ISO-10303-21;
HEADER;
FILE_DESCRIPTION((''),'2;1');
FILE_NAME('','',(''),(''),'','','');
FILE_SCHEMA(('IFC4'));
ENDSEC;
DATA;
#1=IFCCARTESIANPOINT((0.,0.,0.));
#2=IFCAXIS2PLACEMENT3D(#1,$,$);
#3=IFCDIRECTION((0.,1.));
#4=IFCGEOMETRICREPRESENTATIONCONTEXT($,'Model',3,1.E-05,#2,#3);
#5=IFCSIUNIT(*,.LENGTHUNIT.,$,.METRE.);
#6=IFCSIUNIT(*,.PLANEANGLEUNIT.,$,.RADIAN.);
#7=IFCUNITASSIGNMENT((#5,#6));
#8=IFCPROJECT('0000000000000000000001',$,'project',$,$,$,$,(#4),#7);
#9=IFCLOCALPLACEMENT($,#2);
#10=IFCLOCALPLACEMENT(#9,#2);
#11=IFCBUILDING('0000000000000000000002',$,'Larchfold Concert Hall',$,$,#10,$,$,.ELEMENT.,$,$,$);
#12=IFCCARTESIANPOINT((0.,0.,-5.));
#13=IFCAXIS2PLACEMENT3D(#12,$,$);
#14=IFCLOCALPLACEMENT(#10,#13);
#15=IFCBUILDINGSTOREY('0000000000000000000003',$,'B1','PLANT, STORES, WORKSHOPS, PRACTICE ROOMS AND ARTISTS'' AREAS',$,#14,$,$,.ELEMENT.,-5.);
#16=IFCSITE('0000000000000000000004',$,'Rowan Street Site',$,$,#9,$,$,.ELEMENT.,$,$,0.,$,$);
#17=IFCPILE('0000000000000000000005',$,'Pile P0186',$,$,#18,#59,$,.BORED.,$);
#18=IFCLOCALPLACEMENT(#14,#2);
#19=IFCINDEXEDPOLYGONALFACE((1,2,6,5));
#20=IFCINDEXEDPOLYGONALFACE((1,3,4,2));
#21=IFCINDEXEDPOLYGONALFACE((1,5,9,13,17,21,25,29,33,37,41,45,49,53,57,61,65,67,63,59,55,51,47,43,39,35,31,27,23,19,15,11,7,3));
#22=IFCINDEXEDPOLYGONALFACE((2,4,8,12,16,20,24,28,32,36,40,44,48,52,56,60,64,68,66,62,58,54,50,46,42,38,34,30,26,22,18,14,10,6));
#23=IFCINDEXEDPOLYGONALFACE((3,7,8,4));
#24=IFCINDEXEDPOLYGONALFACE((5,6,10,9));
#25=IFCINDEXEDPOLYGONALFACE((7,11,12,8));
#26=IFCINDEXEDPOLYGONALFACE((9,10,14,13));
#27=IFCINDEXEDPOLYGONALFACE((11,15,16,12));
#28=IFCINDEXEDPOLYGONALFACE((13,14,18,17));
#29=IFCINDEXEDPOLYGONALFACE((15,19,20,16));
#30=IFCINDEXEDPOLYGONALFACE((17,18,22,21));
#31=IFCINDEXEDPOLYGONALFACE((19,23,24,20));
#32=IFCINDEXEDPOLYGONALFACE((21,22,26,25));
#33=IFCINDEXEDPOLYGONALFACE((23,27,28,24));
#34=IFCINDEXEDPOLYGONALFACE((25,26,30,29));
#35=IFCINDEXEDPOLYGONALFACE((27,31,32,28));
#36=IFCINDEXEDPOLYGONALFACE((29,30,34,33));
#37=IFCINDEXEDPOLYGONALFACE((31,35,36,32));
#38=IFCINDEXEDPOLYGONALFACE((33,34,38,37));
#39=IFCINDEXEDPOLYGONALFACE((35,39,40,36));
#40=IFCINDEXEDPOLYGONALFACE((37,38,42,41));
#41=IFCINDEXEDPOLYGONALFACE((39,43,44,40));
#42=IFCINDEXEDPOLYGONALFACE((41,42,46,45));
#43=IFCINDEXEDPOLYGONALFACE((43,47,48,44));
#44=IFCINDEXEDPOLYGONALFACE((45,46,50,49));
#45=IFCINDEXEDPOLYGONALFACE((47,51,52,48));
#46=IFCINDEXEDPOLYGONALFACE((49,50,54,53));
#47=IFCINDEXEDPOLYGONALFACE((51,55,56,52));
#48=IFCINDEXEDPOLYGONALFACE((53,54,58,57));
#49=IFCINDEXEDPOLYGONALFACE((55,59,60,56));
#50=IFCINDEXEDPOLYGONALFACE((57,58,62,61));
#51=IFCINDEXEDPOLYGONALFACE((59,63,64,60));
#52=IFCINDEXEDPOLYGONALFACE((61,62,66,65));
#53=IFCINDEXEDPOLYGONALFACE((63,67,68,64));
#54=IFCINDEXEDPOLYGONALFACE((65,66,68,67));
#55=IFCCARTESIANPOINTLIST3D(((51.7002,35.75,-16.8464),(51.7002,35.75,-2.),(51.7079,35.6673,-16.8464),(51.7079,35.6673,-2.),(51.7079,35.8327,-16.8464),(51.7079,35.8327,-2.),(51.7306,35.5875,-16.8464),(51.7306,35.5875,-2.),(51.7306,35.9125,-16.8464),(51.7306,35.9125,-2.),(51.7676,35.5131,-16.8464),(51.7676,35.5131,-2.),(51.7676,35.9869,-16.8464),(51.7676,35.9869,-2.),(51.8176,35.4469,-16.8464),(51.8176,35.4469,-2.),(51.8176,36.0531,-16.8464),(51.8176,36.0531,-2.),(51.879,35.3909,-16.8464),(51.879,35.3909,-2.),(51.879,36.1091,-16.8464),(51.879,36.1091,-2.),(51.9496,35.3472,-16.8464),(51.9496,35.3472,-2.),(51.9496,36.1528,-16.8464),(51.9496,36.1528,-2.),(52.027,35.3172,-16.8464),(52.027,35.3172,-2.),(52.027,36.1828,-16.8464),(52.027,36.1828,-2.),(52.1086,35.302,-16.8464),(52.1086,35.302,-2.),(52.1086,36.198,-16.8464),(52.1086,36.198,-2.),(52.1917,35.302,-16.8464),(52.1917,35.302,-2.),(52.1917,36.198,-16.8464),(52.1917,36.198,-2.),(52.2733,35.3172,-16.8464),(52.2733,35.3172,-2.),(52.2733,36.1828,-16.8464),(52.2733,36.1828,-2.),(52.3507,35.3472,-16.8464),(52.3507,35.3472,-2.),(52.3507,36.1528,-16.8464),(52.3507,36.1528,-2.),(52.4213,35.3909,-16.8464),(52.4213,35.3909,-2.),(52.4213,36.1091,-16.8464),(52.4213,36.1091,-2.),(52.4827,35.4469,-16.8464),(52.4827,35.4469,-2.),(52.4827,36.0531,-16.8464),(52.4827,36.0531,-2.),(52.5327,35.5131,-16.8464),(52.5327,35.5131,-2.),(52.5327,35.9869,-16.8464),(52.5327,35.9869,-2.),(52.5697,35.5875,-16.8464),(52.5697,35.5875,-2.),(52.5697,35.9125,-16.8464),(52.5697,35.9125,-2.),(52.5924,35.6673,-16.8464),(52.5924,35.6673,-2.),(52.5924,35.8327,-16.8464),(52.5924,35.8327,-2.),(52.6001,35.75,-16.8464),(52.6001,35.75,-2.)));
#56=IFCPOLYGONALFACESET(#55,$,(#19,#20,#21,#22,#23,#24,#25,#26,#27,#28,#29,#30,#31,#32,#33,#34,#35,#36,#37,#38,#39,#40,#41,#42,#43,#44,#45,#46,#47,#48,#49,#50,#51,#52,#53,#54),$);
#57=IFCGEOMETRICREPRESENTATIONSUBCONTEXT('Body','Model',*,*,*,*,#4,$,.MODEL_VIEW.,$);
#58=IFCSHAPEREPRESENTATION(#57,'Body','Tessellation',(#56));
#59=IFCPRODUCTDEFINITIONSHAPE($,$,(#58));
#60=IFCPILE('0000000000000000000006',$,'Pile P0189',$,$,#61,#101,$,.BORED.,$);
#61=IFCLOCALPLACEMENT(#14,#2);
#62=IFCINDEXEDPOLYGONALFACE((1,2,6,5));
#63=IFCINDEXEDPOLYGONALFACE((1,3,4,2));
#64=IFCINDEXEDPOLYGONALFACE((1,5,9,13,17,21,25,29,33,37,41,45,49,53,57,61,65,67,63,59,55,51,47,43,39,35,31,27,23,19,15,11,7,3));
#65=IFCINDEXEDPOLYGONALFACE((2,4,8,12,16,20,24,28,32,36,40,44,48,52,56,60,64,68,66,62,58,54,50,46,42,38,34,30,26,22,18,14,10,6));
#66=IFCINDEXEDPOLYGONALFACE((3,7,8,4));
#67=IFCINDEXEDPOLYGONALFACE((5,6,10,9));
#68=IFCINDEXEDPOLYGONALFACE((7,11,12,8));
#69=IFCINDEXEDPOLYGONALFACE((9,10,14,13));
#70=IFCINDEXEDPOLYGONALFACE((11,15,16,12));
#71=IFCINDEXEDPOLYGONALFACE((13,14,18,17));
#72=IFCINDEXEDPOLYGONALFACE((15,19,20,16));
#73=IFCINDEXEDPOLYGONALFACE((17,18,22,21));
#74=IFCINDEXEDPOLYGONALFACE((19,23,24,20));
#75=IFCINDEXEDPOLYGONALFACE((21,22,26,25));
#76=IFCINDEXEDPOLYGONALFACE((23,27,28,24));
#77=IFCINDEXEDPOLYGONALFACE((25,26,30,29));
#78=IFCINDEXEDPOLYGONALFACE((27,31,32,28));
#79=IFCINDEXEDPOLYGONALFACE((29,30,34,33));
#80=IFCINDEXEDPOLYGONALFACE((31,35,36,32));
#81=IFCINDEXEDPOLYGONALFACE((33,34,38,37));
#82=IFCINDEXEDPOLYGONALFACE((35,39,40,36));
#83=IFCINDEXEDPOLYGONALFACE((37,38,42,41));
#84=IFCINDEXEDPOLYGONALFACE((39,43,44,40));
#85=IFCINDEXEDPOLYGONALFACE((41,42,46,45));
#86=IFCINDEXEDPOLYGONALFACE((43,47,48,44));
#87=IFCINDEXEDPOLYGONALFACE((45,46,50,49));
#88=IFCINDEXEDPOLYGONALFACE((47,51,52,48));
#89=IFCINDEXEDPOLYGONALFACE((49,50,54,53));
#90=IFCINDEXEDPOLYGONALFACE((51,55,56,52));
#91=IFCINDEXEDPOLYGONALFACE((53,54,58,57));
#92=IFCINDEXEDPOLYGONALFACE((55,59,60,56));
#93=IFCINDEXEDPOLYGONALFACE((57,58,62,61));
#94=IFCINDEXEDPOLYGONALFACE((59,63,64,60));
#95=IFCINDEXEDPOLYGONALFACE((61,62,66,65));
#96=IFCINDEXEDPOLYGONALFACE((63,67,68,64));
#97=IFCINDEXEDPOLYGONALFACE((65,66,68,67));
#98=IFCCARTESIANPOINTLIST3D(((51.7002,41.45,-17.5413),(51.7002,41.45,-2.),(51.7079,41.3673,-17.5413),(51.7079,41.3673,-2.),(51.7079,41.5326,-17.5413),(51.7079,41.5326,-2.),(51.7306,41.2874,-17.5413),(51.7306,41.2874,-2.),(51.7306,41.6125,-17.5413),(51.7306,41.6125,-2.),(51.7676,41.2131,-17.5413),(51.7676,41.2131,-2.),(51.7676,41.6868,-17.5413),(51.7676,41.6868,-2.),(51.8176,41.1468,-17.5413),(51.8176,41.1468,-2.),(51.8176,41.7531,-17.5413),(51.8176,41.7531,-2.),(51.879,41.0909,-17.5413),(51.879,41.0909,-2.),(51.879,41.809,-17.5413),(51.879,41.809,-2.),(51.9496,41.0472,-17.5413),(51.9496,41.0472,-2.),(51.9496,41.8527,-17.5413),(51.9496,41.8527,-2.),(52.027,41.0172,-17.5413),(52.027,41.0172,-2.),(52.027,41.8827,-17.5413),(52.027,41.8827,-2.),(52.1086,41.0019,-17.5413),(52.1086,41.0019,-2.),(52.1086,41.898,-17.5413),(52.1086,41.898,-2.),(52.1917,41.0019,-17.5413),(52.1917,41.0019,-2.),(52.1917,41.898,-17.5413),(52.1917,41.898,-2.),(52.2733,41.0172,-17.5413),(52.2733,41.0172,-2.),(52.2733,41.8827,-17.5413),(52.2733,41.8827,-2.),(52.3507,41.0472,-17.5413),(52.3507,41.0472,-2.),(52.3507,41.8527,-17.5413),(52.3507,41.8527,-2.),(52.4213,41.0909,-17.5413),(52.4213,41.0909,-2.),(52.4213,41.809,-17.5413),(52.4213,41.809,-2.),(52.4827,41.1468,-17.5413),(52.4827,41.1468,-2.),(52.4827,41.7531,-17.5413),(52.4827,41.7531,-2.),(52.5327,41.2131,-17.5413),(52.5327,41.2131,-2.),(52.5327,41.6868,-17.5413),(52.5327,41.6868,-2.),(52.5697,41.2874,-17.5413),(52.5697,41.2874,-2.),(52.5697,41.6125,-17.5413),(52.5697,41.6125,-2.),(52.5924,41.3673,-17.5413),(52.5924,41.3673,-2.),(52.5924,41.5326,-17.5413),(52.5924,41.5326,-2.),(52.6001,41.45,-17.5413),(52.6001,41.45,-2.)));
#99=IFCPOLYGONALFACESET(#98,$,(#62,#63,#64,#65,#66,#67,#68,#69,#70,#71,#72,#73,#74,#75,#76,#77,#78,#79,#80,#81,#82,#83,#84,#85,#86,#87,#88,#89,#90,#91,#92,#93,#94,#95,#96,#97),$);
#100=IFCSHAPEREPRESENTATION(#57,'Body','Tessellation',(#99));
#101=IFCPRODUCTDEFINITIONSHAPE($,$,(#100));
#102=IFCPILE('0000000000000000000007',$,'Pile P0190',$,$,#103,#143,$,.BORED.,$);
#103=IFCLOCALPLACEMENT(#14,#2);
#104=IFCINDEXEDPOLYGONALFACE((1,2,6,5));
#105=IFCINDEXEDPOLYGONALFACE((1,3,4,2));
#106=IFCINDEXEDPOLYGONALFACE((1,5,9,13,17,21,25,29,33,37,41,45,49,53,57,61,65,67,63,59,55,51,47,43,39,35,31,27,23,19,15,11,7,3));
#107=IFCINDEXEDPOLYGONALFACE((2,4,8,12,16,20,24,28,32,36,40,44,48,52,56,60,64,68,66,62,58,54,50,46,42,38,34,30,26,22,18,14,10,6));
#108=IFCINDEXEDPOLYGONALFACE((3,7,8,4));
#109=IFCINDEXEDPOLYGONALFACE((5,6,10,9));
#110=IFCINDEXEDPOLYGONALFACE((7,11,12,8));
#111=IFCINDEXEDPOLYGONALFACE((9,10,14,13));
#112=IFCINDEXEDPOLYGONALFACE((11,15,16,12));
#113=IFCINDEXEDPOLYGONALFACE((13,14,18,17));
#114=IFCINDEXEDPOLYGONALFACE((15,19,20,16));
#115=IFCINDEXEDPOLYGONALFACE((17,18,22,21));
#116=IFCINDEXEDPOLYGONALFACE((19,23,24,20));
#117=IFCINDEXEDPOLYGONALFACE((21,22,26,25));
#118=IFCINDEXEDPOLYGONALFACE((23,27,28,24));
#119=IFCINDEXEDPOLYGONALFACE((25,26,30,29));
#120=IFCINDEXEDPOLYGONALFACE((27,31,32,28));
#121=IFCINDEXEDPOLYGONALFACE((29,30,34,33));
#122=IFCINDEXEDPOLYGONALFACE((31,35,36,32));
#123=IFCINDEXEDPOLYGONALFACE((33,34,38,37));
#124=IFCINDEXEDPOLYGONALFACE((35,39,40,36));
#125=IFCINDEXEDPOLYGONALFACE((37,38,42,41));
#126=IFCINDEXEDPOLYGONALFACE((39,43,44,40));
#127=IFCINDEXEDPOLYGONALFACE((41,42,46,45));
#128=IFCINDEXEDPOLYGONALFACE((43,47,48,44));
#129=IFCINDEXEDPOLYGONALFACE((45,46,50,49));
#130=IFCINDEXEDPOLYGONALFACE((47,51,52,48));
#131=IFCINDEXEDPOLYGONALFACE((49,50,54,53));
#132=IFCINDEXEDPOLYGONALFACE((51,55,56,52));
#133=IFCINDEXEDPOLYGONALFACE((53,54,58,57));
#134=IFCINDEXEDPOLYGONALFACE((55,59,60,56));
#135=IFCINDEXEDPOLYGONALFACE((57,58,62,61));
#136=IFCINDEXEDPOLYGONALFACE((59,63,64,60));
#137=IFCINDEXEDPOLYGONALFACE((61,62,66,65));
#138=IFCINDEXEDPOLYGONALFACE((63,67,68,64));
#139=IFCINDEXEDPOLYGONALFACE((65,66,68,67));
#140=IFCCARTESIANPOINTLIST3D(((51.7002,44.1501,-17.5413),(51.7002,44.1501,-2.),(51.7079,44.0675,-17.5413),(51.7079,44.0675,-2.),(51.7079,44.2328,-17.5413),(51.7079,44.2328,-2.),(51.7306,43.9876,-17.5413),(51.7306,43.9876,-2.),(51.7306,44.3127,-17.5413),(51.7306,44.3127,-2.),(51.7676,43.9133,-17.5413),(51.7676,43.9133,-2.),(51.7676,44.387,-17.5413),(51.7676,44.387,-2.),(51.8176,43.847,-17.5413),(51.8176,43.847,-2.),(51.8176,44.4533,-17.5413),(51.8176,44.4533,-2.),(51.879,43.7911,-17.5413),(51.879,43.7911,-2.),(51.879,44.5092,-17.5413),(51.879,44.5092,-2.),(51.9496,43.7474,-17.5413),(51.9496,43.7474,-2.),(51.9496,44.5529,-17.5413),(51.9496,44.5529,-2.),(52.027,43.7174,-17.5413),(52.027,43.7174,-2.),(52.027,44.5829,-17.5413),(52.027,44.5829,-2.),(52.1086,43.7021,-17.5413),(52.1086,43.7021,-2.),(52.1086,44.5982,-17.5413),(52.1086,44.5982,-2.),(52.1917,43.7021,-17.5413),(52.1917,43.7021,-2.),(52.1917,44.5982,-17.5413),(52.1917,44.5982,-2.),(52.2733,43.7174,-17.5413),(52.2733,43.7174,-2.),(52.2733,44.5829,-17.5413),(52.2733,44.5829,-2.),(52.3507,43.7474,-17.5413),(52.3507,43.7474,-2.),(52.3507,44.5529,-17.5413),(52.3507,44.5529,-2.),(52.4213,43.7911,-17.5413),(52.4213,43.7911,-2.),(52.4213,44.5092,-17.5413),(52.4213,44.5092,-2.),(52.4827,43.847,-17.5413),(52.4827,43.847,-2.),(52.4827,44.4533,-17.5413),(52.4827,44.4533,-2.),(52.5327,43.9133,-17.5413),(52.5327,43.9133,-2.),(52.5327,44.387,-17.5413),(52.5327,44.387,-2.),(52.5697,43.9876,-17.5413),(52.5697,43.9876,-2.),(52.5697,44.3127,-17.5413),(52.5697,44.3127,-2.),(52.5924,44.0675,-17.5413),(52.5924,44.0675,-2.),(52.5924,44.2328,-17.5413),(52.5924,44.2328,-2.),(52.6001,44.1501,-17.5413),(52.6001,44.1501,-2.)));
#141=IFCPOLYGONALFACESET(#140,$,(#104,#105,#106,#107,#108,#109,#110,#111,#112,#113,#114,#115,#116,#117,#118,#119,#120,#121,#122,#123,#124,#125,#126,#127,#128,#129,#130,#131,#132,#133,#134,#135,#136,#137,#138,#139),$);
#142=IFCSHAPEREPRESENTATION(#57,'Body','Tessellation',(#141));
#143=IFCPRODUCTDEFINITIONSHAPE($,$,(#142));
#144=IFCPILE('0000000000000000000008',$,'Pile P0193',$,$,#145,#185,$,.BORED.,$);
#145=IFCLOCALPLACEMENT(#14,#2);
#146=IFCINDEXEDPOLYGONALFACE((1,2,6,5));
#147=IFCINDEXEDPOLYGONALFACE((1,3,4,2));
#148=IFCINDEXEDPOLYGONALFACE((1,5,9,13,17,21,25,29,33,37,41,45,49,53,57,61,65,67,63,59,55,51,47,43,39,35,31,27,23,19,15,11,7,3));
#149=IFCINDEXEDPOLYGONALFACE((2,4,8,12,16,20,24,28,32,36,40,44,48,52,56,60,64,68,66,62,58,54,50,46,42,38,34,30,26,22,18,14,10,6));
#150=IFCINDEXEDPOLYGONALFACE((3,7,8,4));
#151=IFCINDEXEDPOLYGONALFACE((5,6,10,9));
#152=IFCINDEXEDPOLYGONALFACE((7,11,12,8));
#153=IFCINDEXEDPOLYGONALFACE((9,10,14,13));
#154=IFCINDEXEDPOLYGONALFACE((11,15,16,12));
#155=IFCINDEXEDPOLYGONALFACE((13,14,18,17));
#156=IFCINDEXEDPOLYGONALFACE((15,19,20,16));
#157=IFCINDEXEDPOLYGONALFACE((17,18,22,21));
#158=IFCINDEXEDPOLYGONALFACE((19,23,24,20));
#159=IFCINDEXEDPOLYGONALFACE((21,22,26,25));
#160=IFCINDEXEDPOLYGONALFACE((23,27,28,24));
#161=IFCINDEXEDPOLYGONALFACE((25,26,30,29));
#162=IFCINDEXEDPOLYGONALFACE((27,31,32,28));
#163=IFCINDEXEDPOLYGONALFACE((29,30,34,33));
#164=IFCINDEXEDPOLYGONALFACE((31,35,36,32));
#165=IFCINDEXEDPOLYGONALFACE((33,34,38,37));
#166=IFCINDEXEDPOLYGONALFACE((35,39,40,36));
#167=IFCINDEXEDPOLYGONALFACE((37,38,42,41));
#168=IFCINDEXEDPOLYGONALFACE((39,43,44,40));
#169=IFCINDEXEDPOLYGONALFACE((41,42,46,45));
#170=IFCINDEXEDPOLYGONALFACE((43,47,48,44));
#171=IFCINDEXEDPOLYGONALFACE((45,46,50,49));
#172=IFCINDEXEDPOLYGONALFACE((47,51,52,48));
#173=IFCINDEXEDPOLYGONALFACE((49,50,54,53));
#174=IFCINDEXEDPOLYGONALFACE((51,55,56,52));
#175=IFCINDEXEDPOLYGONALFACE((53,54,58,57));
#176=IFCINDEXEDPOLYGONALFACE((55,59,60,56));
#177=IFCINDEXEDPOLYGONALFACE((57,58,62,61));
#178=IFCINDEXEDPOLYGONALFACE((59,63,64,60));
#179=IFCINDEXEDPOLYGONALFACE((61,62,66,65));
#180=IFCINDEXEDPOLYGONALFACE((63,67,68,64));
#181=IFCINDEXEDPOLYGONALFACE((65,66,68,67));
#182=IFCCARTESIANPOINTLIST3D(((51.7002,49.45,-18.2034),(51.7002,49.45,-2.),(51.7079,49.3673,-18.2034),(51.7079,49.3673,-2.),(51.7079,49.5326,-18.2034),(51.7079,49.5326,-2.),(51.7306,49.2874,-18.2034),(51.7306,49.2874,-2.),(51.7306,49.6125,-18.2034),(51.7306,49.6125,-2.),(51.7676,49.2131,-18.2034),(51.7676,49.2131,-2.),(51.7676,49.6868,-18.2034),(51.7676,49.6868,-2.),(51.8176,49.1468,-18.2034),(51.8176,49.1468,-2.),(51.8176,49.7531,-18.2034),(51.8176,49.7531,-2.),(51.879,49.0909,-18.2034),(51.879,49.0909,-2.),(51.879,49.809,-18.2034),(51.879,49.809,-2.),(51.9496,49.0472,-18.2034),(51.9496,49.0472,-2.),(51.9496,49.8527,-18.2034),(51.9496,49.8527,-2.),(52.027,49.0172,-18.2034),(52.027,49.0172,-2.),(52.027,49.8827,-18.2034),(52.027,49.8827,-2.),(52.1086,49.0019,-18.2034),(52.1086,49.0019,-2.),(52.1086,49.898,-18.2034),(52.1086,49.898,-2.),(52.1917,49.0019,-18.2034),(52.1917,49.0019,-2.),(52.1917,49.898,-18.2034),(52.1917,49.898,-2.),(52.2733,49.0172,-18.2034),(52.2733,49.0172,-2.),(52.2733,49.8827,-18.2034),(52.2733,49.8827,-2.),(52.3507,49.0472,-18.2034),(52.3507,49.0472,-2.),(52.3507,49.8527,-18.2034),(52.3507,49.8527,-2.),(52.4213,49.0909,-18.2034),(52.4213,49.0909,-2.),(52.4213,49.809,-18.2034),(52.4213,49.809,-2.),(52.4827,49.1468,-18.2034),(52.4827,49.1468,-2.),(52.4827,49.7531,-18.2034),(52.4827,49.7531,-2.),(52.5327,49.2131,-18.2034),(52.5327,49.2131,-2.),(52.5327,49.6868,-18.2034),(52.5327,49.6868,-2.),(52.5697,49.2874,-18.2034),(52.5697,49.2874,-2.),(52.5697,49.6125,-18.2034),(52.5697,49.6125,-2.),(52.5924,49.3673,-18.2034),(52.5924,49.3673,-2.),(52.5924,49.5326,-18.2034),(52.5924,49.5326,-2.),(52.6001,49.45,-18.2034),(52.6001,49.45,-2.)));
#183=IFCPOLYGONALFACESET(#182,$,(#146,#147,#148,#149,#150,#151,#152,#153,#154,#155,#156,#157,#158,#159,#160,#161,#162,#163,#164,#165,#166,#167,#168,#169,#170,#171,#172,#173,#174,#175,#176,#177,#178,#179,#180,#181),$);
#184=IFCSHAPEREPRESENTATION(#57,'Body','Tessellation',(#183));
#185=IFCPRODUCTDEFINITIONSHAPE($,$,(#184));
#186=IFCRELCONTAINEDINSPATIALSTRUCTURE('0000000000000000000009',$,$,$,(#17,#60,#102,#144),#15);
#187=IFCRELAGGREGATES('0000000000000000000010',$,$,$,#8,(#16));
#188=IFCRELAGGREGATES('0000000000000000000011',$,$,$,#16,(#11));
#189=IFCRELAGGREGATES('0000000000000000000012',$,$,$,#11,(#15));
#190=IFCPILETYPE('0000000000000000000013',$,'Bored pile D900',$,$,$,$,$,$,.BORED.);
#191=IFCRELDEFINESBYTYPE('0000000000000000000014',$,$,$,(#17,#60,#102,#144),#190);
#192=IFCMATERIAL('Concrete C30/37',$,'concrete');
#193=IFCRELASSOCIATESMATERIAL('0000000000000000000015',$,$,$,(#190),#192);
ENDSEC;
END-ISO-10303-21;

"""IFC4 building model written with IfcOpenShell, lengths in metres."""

from ifc_helpers import new_model, si_unit, direction, frame, origin, origin_2d, place, context, subcontext, project, spatial, circle, extrude, material, material_profile, profile_set, type_object, element, save


model = new_model("IFC4")

# Units and contexts
model_context = context("Model", 3, precision=1e-05, world=origin(), true_north=direction((0.0, 1.0)))
body_context = subcontext(model_context, "Body", "Model", "MODEL_VIEW")
ifc_project = project(units=[si_unit("LENGTHUNIT", "METRE"), si_unit("PLANEANGLEUNIT", "RADIAN")], contexts=[model_context])

# Site, building, storey
site_placement = place(None, origin())
site = spatial("IfcSite", under=ifc_project, at=site_placement, Name="Rowan Street Site", CompositionType="ELEMENT", RefElevation=0.0)
building_placement = place(site_placement, origin())
building = spatial("IfcBuilding", under=site, at=building_placement, Name="Larchfold Concert Hall", CompositionType="ELEMENT")
storey_placement = place(building_placement, frame((0.0, 0.0, -5.0)))
storey = spatial("IfcBuildingStorey", under=building, at=storey_placement, Name="B1", Description="PLANT, STORES, WORKSHOPS, PRACTICE ROOMS AND ARTISTS' AREAS", CompositionType="ELEMENT", Elevation=-5.0)

# Piles
ifc_material_1 = material(Name="Concrete C30/37", Category="concrete")
ifc_material_profile = material_profile(ifc_material_1, circle(Radius=0.45, at=origin_2d()))
ifc_profile_set = profile_set([ifc_material_profile], Name="Concrete C30/37")
pile_type = type_object("IfcPileType", Name="Bored pile D900", PredefinedType="BORED", material=ifc_profile_set)
pile_1_placement = place(storey_placement, frame((52.1501, 35.75, -2.0), z_axis=(0.0, 0.0, -1.0), x_axis=(1.0, 0.0, 0.0)))
element("IfcPile", 1, at=pile_1_placement, inside=storey, type_object=pile_type, Name="Pile P0186", PredefinedType="BORED", context=body_context, shape_type="SweptSolid", body=[
    extrude(circle(Radius=0.45, at=origin_2d()), origin(), (0.0, 0.0, 1.0), 14.8464),
])
for number, where, z_axis, x_axis, name in (
    (2, (52.1501, 41.45, -2.0), (0.0, 0.0, -1.0), (1.0, 0.0, 0.0), "Pile P0189"),
    (3, (52.1501, 44.1501, -2.0), (0.0, 0.0, -1.0), (1.0, 0.0, 0.0), "Pile P0190"),
):
    element("IfcPile", number, at=place(storey_placement, frame(where, z_axis=z_axis, x_axis=x_axis)), inside=storey, type_object=pile_type, Name=name, PredefinedType="BORED", context=body_context, shape_type="SweptSolid", body=[
        extrude(circle(Radius=0.45, at=origin_2d()), origin(), (0.0, 0.0, 1.0), 15.5413),
    ])
pile_2_placement = place(storey_placement, frame((52.1501, 49.45, -2.0), z_axis=(0.0, 0.0, -1.0), x_axis=(1.0, 0.0, 0.0)))
element("IfcPile", 4, at=pile_2_placement, inside=storey, type_object=pile_type, Name="Pile P0193", PredefinedType="BORED", context=body_context, shape_type="SweptSolid", body=[
    extrude(circle(Radius=0.45, at=origin_2d()), origin(), (0.0, 0.0, 1.0), 16.2034),
])

save(model, "model.ifc")
